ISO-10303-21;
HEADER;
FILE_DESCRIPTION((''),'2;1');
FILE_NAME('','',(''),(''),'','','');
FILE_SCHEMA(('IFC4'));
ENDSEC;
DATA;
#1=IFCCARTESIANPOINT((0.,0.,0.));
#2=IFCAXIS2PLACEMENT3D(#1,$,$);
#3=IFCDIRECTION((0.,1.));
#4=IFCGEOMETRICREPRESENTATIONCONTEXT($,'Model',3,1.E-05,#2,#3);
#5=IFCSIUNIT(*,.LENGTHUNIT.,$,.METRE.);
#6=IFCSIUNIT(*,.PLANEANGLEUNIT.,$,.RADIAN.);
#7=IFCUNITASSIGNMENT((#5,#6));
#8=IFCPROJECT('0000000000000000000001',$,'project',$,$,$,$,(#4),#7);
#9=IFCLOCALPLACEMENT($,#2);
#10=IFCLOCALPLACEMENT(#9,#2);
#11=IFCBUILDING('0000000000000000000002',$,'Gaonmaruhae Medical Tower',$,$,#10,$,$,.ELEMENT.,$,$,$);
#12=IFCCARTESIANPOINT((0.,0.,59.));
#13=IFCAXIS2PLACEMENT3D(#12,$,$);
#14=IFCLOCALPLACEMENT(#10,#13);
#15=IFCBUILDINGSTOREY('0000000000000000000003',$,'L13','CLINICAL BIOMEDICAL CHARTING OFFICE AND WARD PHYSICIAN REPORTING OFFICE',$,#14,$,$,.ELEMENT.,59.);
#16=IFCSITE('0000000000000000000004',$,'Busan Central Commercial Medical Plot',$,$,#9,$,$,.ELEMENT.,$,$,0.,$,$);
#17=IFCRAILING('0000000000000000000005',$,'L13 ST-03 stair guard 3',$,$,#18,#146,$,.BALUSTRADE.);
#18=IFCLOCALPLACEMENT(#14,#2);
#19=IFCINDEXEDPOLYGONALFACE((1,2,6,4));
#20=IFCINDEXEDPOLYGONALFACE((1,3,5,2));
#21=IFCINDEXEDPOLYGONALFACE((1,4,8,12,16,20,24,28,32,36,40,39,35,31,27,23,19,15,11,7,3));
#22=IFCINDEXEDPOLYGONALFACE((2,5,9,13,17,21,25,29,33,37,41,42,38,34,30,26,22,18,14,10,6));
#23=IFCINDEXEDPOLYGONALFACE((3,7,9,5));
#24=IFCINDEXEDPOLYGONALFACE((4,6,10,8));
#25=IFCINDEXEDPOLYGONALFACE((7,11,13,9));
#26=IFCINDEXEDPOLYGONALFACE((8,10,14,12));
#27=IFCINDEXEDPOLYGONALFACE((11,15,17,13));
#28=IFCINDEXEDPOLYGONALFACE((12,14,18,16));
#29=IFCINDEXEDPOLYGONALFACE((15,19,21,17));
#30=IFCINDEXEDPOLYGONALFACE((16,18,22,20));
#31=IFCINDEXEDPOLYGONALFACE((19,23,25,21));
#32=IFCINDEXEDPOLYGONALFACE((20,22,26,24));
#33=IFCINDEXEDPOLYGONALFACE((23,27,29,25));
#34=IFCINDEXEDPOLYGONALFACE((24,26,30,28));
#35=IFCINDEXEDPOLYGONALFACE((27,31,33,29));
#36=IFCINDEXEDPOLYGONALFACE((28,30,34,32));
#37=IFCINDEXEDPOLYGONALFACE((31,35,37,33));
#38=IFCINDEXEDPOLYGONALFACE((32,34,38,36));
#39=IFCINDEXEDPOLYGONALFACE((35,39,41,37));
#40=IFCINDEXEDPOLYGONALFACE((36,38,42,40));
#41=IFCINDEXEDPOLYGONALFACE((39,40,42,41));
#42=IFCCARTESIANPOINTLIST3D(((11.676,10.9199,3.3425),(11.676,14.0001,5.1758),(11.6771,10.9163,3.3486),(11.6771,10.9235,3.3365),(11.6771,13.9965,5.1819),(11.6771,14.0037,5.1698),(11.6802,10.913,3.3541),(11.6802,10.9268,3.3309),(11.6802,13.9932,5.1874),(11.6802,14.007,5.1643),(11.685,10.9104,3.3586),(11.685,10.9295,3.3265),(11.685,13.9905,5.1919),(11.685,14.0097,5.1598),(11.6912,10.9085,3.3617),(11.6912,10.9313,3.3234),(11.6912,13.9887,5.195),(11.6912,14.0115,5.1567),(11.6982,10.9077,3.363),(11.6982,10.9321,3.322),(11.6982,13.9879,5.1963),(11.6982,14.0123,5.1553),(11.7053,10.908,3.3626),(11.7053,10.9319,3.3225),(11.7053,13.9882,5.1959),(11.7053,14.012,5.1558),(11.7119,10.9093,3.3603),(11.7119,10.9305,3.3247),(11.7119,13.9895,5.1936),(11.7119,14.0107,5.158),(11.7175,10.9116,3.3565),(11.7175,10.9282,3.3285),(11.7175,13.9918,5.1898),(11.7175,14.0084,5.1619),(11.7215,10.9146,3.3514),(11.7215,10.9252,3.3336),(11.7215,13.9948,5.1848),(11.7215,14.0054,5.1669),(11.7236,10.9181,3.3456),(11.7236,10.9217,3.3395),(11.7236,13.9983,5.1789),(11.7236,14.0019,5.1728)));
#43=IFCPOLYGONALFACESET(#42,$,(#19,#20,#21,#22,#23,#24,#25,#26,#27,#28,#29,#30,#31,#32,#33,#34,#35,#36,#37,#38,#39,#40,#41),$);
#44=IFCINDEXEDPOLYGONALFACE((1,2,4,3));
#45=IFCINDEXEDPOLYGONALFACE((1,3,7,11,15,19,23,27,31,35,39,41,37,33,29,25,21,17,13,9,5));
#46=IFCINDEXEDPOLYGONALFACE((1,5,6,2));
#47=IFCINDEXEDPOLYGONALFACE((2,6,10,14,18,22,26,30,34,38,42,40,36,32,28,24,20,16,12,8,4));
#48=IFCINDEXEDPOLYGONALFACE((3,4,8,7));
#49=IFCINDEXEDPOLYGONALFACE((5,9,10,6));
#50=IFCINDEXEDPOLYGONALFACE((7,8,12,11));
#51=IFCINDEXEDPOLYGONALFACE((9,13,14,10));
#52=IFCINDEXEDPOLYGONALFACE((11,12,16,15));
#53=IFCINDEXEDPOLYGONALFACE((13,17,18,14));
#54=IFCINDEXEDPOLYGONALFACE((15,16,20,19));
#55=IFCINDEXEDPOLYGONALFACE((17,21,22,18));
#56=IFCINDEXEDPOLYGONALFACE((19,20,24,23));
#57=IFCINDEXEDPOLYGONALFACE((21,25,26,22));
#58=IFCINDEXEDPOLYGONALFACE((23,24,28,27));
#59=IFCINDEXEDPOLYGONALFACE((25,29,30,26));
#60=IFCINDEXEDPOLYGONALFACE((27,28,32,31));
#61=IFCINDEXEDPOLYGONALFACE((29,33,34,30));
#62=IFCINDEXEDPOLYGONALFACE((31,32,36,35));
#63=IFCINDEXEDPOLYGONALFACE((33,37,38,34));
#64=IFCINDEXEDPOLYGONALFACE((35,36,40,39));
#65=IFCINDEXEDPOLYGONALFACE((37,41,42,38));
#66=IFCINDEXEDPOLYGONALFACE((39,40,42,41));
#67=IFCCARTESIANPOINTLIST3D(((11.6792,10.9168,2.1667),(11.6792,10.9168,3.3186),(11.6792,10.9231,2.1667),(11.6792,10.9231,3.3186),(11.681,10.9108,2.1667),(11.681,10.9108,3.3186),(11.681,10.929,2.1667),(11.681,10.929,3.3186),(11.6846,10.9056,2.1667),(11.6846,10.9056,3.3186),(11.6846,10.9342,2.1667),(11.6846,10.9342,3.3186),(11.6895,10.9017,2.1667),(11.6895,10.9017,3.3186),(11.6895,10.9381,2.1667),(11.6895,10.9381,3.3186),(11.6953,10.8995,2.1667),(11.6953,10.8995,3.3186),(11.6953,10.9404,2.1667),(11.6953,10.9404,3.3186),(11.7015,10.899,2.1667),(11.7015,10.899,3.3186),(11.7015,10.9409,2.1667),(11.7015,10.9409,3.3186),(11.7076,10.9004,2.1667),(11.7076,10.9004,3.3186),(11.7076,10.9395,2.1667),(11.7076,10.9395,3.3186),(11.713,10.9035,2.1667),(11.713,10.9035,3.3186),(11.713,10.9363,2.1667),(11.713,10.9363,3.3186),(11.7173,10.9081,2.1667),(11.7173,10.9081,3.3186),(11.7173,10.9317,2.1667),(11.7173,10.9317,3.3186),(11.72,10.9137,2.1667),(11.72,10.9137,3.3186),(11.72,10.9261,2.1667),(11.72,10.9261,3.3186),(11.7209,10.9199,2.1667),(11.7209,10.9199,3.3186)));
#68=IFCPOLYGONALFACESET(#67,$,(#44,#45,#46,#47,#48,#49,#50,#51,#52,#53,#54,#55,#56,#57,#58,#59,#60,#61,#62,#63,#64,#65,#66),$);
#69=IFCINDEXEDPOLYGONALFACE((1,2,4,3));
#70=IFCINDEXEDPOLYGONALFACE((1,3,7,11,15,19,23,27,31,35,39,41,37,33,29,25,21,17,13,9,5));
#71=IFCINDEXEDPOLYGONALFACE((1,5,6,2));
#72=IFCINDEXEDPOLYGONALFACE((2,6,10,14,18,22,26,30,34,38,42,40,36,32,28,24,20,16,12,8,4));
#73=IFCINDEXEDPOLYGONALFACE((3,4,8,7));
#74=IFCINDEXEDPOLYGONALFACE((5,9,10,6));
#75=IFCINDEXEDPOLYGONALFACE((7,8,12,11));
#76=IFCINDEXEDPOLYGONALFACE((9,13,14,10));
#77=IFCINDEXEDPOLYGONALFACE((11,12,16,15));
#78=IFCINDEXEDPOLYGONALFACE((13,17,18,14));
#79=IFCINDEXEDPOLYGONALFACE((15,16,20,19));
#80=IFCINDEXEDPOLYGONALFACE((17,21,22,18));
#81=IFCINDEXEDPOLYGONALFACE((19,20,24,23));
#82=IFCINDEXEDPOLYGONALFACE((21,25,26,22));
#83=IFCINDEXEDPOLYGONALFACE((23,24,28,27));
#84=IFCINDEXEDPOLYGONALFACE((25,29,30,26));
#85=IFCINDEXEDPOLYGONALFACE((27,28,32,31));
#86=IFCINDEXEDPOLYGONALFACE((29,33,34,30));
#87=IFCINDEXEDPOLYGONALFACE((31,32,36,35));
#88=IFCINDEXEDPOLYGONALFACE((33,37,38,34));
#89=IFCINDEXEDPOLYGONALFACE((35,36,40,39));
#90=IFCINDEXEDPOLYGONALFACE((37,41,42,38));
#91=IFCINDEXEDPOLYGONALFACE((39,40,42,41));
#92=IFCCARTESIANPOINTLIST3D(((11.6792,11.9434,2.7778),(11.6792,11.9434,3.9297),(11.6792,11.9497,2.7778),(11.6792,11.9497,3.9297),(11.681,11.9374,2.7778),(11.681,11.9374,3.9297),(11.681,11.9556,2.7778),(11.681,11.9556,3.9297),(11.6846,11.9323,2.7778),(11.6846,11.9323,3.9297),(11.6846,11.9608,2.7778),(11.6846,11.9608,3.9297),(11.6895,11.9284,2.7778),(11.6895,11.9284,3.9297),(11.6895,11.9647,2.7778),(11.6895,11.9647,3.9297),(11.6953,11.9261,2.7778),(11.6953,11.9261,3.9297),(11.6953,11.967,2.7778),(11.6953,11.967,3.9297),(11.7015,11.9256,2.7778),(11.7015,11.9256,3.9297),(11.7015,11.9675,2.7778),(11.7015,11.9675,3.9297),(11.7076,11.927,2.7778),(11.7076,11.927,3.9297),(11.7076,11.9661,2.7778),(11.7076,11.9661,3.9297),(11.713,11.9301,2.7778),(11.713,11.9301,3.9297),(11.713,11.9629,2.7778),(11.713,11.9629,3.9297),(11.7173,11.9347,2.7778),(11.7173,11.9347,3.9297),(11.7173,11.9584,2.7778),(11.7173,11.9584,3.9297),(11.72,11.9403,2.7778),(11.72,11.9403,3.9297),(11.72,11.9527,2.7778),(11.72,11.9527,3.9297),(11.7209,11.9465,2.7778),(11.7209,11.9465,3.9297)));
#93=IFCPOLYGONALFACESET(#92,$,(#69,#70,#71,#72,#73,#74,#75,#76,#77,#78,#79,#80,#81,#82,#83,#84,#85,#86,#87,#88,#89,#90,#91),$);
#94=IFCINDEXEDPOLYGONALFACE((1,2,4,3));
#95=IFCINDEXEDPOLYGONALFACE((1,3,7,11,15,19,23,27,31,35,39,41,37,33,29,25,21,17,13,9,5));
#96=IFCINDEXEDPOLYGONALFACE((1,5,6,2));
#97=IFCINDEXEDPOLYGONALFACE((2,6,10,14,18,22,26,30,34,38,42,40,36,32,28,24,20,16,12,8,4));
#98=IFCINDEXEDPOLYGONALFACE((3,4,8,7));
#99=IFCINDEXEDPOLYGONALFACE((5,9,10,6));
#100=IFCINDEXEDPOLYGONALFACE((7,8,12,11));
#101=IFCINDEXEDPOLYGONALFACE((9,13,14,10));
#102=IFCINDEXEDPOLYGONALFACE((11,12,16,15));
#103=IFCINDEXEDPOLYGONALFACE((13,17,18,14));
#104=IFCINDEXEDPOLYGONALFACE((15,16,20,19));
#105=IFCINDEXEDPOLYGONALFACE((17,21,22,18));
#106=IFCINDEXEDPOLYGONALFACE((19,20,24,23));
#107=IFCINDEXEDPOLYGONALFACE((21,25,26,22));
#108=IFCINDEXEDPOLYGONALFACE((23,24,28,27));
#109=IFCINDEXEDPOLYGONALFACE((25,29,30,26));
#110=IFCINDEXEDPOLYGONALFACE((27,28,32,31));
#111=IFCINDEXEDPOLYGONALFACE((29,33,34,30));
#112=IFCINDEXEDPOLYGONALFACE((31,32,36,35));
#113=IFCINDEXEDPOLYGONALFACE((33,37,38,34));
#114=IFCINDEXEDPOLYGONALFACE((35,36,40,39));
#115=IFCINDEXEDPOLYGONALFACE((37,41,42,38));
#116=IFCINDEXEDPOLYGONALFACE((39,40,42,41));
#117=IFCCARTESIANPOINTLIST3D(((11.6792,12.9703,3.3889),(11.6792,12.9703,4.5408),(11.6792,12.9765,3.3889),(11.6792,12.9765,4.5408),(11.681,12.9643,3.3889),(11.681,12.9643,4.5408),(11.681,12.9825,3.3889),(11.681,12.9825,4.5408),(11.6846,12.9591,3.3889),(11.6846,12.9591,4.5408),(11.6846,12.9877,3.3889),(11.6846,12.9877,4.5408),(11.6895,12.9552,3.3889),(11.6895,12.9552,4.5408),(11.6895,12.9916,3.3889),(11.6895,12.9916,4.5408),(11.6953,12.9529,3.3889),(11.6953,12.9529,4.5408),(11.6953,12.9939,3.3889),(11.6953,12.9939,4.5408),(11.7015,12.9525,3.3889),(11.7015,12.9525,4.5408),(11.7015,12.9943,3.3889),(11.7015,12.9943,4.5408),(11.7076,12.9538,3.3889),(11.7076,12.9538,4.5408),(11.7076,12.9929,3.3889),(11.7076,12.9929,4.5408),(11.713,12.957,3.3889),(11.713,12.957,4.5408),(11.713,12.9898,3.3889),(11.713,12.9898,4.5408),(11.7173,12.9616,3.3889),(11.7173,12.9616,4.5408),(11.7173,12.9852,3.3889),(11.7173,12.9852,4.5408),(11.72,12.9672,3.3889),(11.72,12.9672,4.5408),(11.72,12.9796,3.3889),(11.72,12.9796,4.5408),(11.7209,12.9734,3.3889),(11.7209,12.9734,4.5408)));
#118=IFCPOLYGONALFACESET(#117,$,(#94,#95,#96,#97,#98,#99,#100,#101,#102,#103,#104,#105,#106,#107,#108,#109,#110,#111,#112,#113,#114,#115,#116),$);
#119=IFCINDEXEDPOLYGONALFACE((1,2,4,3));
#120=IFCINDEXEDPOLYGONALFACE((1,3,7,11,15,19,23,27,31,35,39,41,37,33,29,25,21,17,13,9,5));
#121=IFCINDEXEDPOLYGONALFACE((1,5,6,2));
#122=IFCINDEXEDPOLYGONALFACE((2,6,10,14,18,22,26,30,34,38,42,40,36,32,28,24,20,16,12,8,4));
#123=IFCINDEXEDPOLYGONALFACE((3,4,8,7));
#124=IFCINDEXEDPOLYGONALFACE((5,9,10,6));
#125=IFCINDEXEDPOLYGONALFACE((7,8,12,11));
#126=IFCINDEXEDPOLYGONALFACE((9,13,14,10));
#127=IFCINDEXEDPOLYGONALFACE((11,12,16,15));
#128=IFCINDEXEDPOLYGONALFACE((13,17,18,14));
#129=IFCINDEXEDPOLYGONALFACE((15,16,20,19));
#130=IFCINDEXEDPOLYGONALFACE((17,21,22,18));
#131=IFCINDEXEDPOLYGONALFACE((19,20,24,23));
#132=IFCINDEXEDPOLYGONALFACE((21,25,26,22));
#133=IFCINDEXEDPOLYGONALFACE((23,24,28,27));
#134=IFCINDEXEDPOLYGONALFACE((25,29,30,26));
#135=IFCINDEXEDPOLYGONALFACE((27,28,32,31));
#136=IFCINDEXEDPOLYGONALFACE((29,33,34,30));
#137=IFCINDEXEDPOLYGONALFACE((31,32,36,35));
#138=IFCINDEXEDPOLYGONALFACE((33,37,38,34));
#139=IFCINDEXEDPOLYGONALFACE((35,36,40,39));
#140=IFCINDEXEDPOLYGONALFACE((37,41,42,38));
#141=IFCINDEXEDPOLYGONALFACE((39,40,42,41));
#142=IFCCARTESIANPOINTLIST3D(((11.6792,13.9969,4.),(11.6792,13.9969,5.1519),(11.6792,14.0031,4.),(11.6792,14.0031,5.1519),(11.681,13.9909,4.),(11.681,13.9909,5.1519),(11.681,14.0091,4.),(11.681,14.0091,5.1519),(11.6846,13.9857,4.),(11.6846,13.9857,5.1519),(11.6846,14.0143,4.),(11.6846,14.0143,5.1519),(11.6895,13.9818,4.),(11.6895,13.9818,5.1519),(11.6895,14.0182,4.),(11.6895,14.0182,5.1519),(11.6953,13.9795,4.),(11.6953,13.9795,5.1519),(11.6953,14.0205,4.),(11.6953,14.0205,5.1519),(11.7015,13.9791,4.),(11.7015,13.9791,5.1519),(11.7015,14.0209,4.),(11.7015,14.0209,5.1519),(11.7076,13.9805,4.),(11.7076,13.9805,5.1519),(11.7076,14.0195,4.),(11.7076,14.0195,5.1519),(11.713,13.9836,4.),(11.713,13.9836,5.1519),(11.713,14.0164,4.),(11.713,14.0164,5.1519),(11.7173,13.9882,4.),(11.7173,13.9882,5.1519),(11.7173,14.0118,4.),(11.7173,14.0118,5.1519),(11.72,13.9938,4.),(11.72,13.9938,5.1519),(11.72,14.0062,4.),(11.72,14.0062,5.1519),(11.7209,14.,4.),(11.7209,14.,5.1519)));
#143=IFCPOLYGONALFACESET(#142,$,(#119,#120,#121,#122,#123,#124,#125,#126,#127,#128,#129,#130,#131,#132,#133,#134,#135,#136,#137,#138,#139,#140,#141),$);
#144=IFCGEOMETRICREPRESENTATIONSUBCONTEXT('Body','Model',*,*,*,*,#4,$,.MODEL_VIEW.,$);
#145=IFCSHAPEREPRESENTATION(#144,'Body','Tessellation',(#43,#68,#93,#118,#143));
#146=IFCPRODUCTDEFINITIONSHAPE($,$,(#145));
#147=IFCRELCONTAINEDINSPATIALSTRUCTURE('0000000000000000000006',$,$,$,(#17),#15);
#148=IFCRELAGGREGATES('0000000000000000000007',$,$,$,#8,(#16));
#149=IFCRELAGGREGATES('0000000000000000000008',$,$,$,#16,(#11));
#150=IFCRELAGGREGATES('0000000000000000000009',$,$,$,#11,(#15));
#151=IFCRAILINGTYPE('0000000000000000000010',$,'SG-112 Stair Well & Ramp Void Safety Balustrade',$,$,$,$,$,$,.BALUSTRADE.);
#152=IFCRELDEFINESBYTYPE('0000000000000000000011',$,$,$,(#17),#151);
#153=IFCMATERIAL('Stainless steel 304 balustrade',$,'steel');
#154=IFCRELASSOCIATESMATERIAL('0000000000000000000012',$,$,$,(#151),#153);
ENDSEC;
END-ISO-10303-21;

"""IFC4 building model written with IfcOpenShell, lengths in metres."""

from ifc_helpers import new_model, si_unit, direction, frame, origin, origin_2d, place, context, subcontext, project, spatial, circle, extrude, material, type_object, element, save


model = new_model("IFC4")

# Units and contexts
model_context = context("Model", 3, precision=1e-05, world=origin(), true_north=direction((0.0, 1.0)))
body_context = subcontext(model_context, "Body", "Model", "MODEL_VIEW")
ifc_project = project(units=[si_unit("LENGTHUNIT", "METRE"), si_unit("PLANEANGLEUNIT", "RADIAN")], contexts=[model_context])

# Site, building, storey
site_placement = place(None, origin())
site = spatial("IfcSite", under=ifc_project, at=site_placement, Name="Busan Central Commercial Medical Plot", CompositionType="ELEMENT", RefElevation=0.0)
building_placement = place(site_placement, origin())
building = spatial("IfcBuilding", under=site, at=building_placement, Name="Gaonmaruhae Medical Tower", CompositionType="ELEMENT")
storey_placement = place(building_placement, frame((0.0, 0.0, 59.0)))
storey = spatial("IfcBuildingStorey", under=building, at=storey_placement, Name="L13", Description="CLINICAL BIOMEDICAL CHARTING OFFICE AND WARD PHYSICIAN REPORTING OFFICE", CompositionType="ELEMENT", Elevation=59.0)

# Railing
ifc_material_1 = material(Name="Stainless steel 304 balustrade", Category="steel")
railing_type_1 = type_object("IfcRailingType", Name="SG-112 Stair Well & Ramp Void Safety Balustrade", PredefinedType="BALUSTRADE", material=ifc_material_1)
railing_1_placement = place(storey_placement, frame((11.7, 10.9199, 2.1667)))
element("IfcRailing", 1, at=railing_1_placement, inside=storey, type_object=railing_type_1, Name="L13 ST-03 stair guard 3", PredefinedType="BALUSTRADE", context=body_context, shape_type="SweptSolid", body=[
    extrude(circle(Radius=0.0239, at=origin_2d()), frame((0.0, 0.0, 1.1758), z_axis=(0.0, 0.859309, 0.511458), x_axis=(-1.0, 0.0, 0.0)), (0.0, 0.0, 1.0), 3.5845),
    extrude(circle(Radius=0.021, at=origin_2d()), origin(), (0.0, 0.0, 1.0), 1.1519),
    extrude(circle(Radius=0.021, at=origin_2d()), frame((0.0, 1.0266, 0.6111)), (0.0, 0.0, 1.0), 1.1519),
    extrude(circle(Radius=0.021, at=origin_2d()), frame((0.0, 2.0535, 1.2222)), (0.0, 0.0, 1.0), 1.1519),
    extrude(circle(Radius=0.021, at=origin_2d()), frame((0.0, 3.0801, 1.8333)), (0.0, 0.0, 1.0), 1.1519),
])

save(model, "model.ifc")
